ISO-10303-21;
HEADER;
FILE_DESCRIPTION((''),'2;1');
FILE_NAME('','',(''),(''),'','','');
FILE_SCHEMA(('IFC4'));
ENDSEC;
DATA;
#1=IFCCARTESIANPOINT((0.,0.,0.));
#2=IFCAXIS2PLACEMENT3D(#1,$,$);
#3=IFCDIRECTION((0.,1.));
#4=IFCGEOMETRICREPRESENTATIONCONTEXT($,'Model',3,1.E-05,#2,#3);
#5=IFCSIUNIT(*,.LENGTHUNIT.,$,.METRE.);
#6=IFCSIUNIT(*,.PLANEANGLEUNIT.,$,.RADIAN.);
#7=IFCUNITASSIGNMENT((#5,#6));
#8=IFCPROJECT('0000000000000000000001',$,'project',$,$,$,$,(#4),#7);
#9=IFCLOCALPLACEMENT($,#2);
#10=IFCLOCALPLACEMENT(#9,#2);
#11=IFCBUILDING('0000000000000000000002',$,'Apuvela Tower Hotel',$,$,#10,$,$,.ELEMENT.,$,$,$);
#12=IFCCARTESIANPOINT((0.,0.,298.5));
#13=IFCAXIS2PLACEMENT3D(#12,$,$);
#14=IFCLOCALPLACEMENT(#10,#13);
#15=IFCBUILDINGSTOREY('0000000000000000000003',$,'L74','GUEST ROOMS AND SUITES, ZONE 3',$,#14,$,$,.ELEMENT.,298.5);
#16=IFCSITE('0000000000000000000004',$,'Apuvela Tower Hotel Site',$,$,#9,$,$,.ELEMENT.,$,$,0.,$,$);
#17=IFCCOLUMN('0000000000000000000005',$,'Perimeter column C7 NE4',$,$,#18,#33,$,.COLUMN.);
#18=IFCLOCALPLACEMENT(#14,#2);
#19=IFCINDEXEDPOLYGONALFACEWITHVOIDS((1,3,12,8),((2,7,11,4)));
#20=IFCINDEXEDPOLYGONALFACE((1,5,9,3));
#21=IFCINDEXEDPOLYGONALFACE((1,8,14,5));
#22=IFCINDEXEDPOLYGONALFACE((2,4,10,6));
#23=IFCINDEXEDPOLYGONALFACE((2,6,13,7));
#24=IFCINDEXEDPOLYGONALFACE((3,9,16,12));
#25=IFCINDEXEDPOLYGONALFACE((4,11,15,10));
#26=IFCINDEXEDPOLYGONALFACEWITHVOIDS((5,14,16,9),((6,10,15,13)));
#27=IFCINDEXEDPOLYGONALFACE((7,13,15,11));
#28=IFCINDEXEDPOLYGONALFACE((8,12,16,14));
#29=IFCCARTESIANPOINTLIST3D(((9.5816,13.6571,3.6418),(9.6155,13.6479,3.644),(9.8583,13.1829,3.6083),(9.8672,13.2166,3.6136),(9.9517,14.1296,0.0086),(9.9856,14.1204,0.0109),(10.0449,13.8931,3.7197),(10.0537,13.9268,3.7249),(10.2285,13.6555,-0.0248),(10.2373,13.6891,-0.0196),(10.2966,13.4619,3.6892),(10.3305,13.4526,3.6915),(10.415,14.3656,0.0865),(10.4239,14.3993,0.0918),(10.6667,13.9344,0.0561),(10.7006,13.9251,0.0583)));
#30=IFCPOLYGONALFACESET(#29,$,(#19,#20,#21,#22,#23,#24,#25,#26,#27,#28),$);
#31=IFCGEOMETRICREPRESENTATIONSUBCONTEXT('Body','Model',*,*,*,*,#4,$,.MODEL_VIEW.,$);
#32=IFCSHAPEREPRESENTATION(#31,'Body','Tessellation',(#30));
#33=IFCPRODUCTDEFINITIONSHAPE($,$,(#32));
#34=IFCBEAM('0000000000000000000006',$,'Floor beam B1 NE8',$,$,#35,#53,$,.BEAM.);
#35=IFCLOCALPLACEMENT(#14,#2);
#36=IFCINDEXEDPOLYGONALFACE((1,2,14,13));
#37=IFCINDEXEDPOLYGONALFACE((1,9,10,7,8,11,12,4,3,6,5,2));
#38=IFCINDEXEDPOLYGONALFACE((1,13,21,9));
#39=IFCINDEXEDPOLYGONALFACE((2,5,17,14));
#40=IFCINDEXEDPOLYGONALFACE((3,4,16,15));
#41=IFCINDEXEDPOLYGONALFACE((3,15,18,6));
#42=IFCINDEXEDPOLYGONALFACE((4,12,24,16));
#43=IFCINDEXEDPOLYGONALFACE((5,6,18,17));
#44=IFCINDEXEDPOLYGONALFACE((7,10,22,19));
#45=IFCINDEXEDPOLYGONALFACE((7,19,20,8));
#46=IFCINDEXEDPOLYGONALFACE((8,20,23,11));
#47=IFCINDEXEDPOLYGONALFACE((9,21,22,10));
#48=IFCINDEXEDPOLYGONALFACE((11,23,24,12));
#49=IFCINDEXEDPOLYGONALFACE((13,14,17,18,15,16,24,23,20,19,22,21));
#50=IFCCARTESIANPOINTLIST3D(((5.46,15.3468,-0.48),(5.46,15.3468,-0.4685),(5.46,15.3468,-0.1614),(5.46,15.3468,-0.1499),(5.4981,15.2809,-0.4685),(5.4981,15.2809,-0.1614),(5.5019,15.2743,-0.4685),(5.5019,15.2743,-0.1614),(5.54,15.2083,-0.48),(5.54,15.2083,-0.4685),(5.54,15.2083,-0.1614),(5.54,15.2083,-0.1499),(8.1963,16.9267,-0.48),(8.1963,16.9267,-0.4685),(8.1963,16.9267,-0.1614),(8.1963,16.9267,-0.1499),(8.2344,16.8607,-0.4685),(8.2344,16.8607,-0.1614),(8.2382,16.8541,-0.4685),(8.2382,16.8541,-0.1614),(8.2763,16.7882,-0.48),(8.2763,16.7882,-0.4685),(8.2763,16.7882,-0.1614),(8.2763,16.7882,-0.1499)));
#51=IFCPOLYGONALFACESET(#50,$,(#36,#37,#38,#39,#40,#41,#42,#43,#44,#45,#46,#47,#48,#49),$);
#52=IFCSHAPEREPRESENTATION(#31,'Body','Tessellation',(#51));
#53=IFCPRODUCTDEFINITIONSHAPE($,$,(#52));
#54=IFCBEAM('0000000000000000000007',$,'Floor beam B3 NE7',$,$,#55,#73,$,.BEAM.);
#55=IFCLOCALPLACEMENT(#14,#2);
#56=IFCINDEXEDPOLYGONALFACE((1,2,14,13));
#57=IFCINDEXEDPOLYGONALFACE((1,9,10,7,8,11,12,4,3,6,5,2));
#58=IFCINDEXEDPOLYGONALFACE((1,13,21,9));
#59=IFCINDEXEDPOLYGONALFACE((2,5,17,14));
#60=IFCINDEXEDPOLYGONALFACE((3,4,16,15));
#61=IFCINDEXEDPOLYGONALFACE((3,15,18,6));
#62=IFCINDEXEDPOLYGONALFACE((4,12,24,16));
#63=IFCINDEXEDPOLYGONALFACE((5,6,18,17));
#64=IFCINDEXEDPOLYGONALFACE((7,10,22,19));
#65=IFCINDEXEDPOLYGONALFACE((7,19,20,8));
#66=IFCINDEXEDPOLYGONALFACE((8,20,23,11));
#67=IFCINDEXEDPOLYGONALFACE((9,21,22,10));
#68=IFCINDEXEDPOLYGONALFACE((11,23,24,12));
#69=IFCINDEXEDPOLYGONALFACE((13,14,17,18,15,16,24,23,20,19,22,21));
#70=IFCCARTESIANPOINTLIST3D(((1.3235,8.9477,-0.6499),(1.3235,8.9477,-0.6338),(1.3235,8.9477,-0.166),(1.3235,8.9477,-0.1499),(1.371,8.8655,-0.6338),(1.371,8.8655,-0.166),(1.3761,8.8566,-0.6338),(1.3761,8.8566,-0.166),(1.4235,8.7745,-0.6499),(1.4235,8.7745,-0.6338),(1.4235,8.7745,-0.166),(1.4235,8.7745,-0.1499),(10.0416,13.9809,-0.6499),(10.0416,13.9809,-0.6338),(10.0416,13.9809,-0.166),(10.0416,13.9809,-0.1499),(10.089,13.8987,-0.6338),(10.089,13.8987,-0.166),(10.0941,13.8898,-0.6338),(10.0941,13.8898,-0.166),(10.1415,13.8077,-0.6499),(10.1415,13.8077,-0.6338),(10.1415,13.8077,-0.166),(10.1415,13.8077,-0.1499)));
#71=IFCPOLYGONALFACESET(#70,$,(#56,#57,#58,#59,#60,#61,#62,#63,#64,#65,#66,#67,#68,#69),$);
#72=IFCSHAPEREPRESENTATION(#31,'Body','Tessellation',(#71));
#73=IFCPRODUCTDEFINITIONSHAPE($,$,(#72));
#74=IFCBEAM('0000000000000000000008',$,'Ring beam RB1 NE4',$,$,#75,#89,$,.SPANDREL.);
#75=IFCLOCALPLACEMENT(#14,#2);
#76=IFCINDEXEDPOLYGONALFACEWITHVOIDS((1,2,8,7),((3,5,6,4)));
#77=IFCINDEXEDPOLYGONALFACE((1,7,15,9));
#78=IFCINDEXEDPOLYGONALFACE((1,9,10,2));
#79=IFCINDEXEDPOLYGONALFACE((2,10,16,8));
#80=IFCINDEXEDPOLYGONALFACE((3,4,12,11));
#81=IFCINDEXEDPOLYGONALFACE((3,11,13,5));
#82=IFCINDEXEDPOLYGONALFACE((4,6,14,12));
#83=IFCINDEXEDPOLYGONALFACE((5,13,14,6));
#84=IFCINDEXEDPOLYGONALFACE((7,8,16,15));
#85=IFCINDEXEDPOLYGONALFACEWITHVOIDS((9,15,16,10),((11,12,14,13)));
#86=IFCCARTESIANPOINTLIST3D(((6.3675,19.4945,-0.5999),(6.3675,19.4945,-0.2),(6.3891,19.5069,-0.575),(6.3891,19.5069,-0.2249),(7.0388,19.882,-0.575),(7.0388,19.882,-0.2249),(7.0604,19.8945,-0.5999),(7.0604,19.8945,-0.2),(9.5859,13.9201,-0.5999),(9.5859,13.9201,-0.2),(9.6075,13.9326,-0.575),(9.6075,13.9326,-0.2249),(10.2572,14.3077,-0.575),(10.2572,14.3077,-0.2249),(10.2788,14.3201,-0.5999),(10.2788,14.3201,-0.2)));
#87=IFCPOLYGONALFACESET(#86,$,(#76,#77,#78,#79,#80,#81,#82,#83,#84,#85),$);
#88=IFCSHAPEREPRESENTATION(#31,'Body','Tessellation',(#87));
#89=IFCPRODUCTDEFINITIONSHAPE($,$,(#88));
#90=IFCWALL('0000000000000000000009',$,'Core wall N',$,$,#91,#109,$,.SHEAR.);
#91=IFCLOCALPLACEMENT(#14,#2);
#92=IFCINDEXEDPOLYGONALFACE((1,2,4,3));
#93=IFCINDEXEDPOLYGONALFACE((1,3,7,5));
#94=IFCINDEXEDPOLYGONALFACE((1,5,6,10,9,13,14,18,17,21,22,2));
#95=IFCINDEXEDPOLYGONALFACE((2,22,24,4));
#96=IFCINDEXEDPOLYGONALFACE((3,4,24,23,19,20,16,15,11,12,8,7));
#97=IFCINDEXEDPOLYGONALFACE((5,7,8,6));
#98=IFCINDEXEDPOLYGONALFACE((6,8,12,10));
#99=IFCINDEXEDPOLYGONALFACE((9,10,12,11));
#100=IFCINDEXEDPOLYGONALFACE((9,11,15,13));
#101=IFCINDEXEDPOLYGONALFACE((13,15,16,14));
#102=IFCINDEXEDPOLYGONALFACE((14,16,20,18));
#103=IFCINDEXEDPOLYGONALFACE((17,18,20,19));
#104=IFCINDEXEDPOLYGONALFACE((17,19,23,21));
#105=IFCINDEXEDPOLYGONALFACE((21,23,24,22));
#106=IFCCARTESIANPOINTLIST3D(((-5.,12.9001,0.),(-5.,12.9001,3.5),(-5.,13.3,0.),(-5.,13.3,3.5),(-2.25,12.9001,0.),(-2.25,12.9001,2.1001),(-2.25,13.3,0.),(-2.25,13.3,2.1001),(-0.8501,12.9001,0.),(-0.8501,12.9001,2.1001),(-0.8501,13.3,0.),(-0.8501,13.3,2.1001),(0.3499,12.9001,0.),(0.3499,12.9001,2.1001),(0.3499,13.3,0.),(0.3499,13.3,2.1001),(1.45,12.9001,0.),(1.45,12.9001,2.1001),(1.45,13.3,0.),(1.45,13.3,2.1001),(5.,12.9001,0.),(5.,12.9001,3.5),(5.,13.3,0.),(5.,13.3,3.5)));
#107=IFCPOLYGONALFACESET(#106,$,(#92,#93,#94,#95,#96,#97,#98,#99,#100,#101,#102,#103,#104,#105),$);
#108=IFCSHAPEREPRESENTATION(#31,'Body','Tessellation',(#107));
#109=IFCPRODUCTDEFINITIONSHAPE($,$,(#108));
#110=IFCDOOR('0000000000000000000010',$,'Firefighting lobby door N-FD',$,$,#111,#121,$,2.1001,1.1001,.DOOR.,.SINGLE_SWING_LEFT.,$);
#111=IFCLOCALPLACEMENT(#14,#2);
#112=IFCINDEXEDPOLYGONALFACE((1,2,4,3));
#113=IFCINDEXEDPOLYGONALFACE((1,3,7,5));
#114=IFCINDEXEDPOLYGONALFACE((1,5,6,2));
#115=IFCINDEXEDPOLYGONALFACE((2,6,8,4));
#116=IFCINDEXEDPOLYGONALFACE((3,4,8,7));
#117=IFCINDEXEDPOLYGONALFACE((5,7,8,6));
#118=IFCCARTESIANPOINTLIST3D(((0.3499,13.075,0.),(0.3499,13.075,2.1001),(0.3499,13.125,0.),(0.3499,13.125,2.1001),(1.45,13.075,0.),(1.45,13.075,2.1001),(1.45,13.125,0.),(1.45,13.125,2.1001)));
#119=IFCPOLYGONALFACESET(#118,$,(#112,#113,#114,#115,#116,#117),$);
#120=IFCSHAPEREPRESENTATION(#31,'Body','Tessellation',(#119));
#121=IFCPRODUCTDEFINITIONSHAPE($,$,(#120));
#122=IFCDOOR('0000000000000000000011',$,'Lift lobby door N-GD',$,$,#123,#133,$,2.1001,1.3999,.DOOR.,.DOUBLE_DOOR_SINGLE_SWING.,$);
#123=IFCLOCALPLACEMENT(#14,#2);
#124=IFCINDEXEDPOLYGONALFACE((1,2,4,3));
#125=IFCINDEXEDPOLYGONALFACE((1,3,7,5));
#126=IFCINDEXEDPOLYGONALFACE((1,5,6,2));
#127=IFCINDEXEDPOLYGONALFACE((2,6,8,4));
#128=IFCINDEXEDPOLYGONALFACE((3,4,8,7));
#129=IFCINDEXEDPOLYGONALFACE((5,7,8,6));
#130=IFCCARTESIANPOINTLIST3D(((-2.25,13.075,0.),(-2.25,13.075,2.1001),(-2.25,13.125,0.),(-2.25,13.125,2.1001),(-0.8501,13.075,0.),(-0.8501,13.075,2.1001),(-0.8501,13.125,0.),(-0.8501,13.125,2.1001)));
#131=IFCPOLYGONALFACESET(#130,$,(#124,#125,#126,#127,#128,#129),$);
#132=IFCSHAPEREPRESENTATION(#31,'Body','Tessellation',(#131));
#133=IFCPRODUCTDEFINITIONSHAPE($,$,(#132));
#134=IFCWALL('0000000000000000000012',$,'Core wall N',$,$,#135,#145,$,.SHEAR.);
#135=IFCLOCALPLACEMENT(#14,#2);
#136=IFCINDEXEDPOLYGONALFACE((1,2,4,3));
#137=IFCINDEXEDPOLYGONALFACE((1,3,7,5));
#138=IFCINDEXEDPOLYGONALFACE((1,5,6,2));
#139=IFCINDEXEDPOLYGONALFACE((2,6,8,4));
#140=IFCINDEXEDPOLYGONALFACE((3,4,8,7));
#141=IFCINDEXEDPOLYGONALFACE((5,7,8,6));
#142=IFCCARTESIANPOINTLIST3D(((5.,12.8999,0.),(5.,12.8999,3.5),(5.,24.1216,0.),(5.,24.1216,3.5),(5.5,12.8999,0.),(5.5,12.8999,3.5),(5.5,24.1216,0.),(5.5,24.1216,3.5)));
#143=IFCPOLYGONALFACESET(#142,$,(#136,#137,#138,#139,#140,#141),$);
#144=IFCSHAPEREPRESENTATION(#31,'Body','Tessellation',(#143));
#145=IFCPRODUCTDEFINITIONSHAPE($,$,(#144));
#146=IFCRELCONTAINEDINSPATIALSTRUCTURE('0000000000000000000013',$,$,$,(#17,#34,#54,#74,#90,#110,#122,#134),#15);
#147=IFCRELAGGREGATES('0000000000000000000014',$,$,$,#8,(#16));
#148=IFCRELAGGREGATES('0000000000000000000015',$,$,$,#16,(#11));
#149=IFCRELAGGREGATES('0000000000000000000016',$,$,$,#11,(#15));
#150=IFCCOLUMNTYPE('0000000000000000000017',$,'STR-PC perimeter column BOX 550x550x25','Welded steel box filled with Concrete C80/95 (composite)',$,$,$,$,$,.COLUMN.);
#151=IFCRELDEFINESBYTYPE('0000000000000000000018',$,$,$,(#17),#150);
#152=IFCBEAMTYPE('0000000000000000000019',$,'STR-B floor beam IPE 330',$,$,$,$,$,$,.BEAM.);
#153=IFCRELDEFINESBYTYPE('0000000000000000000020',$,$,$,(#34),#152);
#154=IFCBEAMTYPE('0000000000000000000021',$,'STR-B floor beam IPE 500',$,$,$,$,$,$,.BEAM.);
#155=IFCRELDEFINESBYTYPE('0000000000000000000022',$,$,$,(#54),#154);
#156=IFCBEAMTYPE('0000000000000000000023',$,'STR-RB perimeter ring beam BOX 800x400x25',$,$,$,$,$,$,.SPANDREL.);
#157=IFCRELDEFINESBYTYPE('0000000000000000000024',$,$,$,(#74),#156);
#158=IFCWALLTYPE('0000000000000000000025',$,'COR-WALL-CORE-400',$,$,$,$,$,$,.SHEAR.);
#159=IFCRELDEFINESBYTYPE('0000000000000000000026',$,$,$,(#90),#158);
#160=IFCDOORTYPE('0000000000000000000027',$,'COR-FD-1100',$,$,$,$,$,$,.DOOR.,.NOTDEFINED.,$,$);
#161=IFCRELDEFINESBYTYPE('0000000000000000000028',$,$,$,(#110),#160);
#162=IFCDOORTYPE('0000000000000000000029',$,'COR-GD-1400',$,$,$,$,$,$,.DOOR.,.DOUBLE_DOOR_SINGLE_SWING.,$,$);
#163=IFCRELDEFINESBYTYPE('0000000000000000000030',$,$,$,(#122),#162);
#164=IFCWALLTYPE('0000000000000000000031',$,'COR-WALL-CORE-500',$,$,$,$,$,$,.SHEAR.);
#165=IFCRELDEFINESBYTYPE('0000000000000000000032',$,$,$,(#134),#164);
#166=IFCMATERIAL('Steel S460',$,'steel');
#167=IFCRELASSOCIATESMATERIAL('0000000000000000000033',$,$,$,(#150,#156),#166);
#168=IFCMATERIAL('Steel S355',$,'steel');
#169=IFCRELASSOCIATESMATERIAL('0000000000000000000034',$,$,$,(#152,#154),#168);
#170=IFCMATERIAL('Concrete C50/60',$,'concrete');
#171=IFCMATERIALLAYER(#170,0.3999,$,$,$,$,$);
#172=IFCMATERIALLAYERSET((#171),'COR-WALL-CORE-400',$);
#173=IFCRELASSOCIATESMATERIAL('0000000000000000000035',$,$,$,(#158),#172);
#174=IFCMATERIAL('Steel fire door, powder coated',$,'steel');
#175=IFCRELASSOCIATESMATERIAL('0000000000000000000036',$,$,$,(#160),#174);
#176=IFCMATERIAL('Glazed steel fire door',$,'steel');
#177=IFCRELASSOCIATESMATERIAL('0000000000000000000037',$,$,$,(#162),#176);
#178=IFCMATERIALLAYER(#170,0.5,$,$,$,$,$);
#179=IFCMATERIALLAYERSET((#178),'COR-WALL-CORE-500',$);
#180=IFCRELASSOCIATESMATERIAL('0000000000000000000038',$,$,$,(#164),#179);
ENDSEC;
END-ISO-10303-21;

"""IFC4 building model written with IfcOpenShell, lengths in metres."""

from ifc_helpers import new_model, si_unit, direction, frame, frame_2d, origin, origin_2d, place, context, subcontext, project, spatial, rectangle, hollow_rectangle, i_section, extrude, boolean, halfspace, material, layer, layer_set, material_profile, profile_set, type_object, element, fill, save


model = new_model("IFC4")

# Units and contexts
model_context = context("Model", 3, precision=1e-05, world=origin(), true_north=direction((0.0, 1.0)))
body_context = subcontext(model_context, "Body", "Model", "MODEL_VIEW")
ifc_project = project(units=[si_unit("LENGTHUNIT", "METRE"), si_unit("PLANEANGLEUNIT", "RADIAN")], contexts=[model_context])

# Site, building, storey
site_placement = place(None, origin())
site = spatial("IfcSite", under=ifc_project, at=site_placement, Name="Apuvela Tower Hotel Site", CompositionType="ELEMENT", RefElevation=0.0)
building_placement = place(site_placement, origin())
building = spatial("IfcBuilding", under=site, at=building_placement, Name="Apuvela Tower Hotel", CompositionType="ELEMENT")
storey_placement = place(building_placement, frame((0.0, 0.0, 298.5)))
storey = spatial("IfcBuildingStorey", under=building, at=storey_placement, Name="L74", Description="GUEST ROOMS AND SUITES, ZONE 3", CompositionType="ELEMENT", Elevation=298.5)

# Column
ifc_material_1 = material(Name="Steel S460", Category="steel")
ifc_material_profile_1 = material_profile(ifc_material_1, hollow_rectangle(XDim=0.55, YDim=0.55, WallThickness=0.0249, at=origin_2d()), Name="BOX 550x550x25")
ifc_material_2 = material(Name="Concrete C80/95", Category="concrete")
ifc_material_profile_2 = material_profile(ifc_material_2, rectangle(XDim=0.5, YDim=0.5, at=origin_2d()), Name="Concrete C80/95 infill")
ifc_profile_set_1 = profile_set([ifc_material_profile_1, ifc_material_profile_2], Name="Steel S460")
column_type = type_object("IfcColumnType", Name="STR-PC perimeter column BOX 550x550x25", Description="Welded steel box filled with Concrete C80/95 (composite)", PredefinedType="COLUMN", material=ifc_profile_set_1)
column_placement = place(storey_placement, frame((10.3296, 14.0317, 0.0), z_axis=(-0.100518, -0.128317, 0.986626), x_axis=(-0.503129, 0.862066, 0.060858)))
element("IfcColumn", 1, at=column_placement, inside=storey, type_object=column_type, Name="Perimeter column C7 NE4", PredefinedType="COLUMN", context=body_context, shape_type="SweptSolid", body=[
    boolean("DIFFERENCE", boolean("DIFFERENCE", extrude(hollow_rectangle(XDim=0.55, YDim=0.55, WallThickness=0.0249, at=origin_2d()), origin(), (0.0, 0.0, 1.0), 3.75), halfspace(frame((0.0, 0.0, 0.0339), z_axis=(0.0, 0.0, 1.0), x_axis=(1.0, 0.0, 0.0)), True)), halfspace(frame((0.0, 0.0, 3.7163), z_axis=(0.0, 0.0, 1.0), x_axis=(1.0, 0.0, 0.0)), False)),
])

# Beams
ifc_material_3 = material(Name="Steel S355", Category="steel")
ifc_material_profile_3 = material_profile(ifc_material_3, i_section(OverallWidth=0.1599, OverallDepth=0.3301, WebThickness=0.0076, FlangeThickness=0.0115, at=origin_2d()), Name="IPE 330")
ifc_profile_set_2 = profile_set([ifc_material_profile_3], Name="Steel S355")
beam_type_1 = type_object("IfcBeamType", Name="STR-B floor beam IPE 330", PredefinedType="BEAM", material=ifc_profile_set_2)
beam_1_placement = place(storey_placement, frame((8.2363, 16.8574, -0.3149), z_axis=(-0.866023, -0.500003, 0.0), x_axis=(0.500003, -0.866023, 0.0)))
element("IfcBeam", 2, at=beam_1_placement, inside=storey, type_object=beam_type_1, Name="Floor beam B1 NE8", PredefinedType="BEAM", context=body_context, shape_type="SweptSolid", body=[
    extrude(i_section(OverallWidth=0.1599, OverallDepth=0.3301, WebThickness=0.0076, FlangeThickness=0.0115, at=origin_2d()), origin(), (0.0, 0.0, 1.0), 3.1597),
])
ifc_material_profile_4 = material_profile(ifc_material_3, i_section(OverallWidth=0.2, OverallDepth=0.5, WebThickness=0.0103, FlangeThickness=0.0161, at=origin_2d()), Name="IPE 500")
ifc_profile_set_3 = profile_set([ifc_material_profile_4], Name="Steel S355")
beam_type_2 = type_object("IfcBeamType", Name="STR-B floor beam IPE 500", PredefinedType="BEAM", material=ifc_profile_set_3)
beam_2_placement = place(storey_placement, frame((10.0916, 13.8943, -0.3999), z_axis=(-0.866032, -0.499989, 0.0), x_axis=(0.499989, -0.866032, 0.0)))
element("IfcBeam", 3, at=beam_2_placement, inside=storey, type_object=beam_type_2, Name="Floor beam B3 NE7", PredefinedType="BEAM", context=body_context, shape_type="SweptSolid", body=[
    extrude(i_section(OverallWidth=0.2, OverallDepth=0.5, WebThickness=0.0103, FlangeThickness=0.0161, at=origin_2d()), origin(), (0.0, 0.0, 1.0), 10.0667),
])
ifc_material_profile_5 = material_profile(ifc_material_1, hollow_rectangle(XDim=0.8, YDim=0.3999, WallThickness=0.0249, at=origin_2d()), Name="BOX 800x400x25")
ifc_profile_set_4 = profile_set([ifc_material_profile_5], Name="Steel S460")
beam_type_3 = type_object("IfcBeamType", Name="STR-RB perimeter ring beam BOX 800x400x25", PredefinedType="SPANDREL", material=ifc_profile_set_4)
beam_3_placement = place(storey_placement, frame((9.9324, 14.1201, -0.3999), z_axis=(-0.50001, 0.866019, 0.0), x_axis=(-0.866019, -0.50001, 0.0)))
element("IfcBeam", 4, at=beam_3_placement, inside=storey, type_object=beam_type_3, Name="Ring beam RB1 NE4", PredefinedType="SPANDREL", context=body_context, shape_type="SweptSolid", body=[
    extrude(hollow_rectangle(XDim=0.8, YDim=0.3999, WallThickness=0.0249, at=origin_2d()), origin(), (0.0, 0.0, 1.0), 6.4368),
])

# Wall, openings, doors
ifc_material_4 = material(Name="Concrete C50/60", Category="concrete")
ifc_layer_1 = layer(ifc_material_4, 0.3999)
ifc_layer_set_1 = layer_set([ifc_layer_1], Name="COR-WALL-CORE-400")
wall_type_1 = type_object("IfcWallType", Name="COR-WALL-CORE-400", PredefinedType="SHEAR", material=ifc_layer_set_1)
wall_1_placement = place(storey_placement, frame((5.0, 13.1001, 0.0), z_axis=(0.0, 0.0, 1.0), x_axis=(-1.0, 0.0, 0.0)))
wall_1 = element("IfcWall", 5, at=wall_1_placement, inside=storey, type_object=wall_type_1, Name="Core wall N", PredefinedType="SHEAR", context=body_context, shape_type="SweptSolid", body=[
    extrude(rectangle(XDim=10.0, YDim=0.3999, at=frame_2d((5.0, 0.0))), origin(), (0.0, 0.0, 1.0), 3.5),
])
opening_1_placement = place(wall_1_placement, frame((3.55, 0.0, 0.0)))
opening_1 = element("IfcOpeningElement", 6, at=opening_1_placement, cuts=wall_1, PredefinedType="OPENING", context=body_context, shape_type="SweptSolid", body=[
    extrude(rectangle(XDim=1.1001, YDim=2.1001, at=frame_2d((0.55, 1.05))), frame((0.0, 0.21, 0.0), z_axis=(0.0, -1.0, 0.0), x_axis=(1.0, 0.0, 0.0)), (0.0, 0.0, 1.0), 0.4199),
])
opening_2_placement = place(wall_1_placement, frame((5.8501, 0.0, 0.0)))
opening_2 = element("IfcOpeningElement", 7, at=opening_2_placement, cuts=wall_1, PredefinedType="OPENING", context=body_context, shape_type="SweptSolid", body=[
    extrude(rectangle(XDim=1.3999, YDim=2.1001, at=frame_2d((0.7, 1.05))), frame((0.0, 0.21, 0.0), z_axis=(0.0, -1.0, 0.0), x_axis=(1.0, 0.0, 0.0)), (0.0, 0.0, 1.0), 0.4199),
])
ifc_material_5 = material(Name="Steel fire door, powder coated", Category="steel")
door_type_1 = type_object("IfcDoorType", Name="COR-FD-1100", OperationType="NOTDEFINED", PredefinedType="DOOR", material=ifc_material_5)
door_1_placement = place(opening_1_placement, frame((1.1001, 0.0, 0.0), z_axis=(0.0, 0.0, 1.0), x_axis=(-1.0, 0.0, 0.0)))
door_1 = element("IfcDoor", 8, at=door_1_placement, inside=storey, type_object=door_type_1, Name="Firefighting lobby door N-FD", OperationType="SINGLE_SWING_LEFT", OverallHeight=2.1001, OverallWidth=1.1001, PredefinedType="DOOR", context=body_context, shape_type="SweptSolid", body=[
    extrude(rectangle(XDim=1.1001, YDim=2.1001, at=frame_2d((0.55, 1.05))), frame((0.0, 0.0249, 0.0), z_axis=(0.0, -1.0, 0.0), x_axis=(1.0, 0.0, 0.0)), (0.0, 0.0, 1.0), 0.05),
])
fill(opening_1, door_1)
ifc_material_6 = material(Name="Glazed steel fire door", Category="steel")
door_type_2 = type_object("IfcDoorType", Name="COR-GD-1400", OperationType="DOUBLE_DOOR_SINGLE_SWING", PredefinedType="DOOR", material=ifc_material_6)
door_2_placement = place(opening_2_placement, frame((1.3999, 0.0, 0.0), z_axis=(0.0, 0.0, 1.0), x_axis=(-1.0, 0.0, 0.0)))
door_2 = element("IfcDoor", 9, at=door_2_placement, inside=storey, type_object=door_type_2, Name="Lift lobby door N-GD", OperationType="DOUBLE_DOOR_SINGLE_SWING", OverallHeight=2.1001, OverallWidth=1.3999, PredefinedType="DOOR", context=body_context, shape_type="SweptSolid", body=[
    extrude(rectangle(XDim=1.3999, YDim=2.1001, at=frame_2d((0.7, 1.05))), frame((0.0, 0.0249, 0.0), z_axis=(0.0, -1.0, 0.0), x_axis=(1.0, 0.0, 0.0)), (0.0, 0.0, 1.0), 0.05),
])
fill(opening_2, door_2)

# Wall
ifc_layer_2 = layer(ifc_material_4, 0.5)
ifc_layer_set_2 = layer_set([ifc_layer_2], Name="COR-WALL-CORE-500")
wall_type_2 = type_object("IfcWallType", Name="COR-WALL-CORE-500", PredefinedType="SHEAR", material=ifc_layer_set_2)
wall_2_placement = place(storey_placement, frame((5.25, 12.8999, 0.0), z_axis=(0.0, 0.0, 1.0), x_axis=(0.0, 1.0, 0.0)))
element("IfcWall", 10, at=wall_2_placement, inside=storey, type_object=wall_type_2, Name="Core wall N", PredefinedType="SHEAR", context=body_context, shape_type="SweptSolid", body=[
    extrude(rectangle(XDim=11.2217, YDim=0.5, at=frame_2d((5.6108, 0.0))), origin(), (0.0, 0.0, 1.0), 3.5),
])

save(model, "model.ifc")
